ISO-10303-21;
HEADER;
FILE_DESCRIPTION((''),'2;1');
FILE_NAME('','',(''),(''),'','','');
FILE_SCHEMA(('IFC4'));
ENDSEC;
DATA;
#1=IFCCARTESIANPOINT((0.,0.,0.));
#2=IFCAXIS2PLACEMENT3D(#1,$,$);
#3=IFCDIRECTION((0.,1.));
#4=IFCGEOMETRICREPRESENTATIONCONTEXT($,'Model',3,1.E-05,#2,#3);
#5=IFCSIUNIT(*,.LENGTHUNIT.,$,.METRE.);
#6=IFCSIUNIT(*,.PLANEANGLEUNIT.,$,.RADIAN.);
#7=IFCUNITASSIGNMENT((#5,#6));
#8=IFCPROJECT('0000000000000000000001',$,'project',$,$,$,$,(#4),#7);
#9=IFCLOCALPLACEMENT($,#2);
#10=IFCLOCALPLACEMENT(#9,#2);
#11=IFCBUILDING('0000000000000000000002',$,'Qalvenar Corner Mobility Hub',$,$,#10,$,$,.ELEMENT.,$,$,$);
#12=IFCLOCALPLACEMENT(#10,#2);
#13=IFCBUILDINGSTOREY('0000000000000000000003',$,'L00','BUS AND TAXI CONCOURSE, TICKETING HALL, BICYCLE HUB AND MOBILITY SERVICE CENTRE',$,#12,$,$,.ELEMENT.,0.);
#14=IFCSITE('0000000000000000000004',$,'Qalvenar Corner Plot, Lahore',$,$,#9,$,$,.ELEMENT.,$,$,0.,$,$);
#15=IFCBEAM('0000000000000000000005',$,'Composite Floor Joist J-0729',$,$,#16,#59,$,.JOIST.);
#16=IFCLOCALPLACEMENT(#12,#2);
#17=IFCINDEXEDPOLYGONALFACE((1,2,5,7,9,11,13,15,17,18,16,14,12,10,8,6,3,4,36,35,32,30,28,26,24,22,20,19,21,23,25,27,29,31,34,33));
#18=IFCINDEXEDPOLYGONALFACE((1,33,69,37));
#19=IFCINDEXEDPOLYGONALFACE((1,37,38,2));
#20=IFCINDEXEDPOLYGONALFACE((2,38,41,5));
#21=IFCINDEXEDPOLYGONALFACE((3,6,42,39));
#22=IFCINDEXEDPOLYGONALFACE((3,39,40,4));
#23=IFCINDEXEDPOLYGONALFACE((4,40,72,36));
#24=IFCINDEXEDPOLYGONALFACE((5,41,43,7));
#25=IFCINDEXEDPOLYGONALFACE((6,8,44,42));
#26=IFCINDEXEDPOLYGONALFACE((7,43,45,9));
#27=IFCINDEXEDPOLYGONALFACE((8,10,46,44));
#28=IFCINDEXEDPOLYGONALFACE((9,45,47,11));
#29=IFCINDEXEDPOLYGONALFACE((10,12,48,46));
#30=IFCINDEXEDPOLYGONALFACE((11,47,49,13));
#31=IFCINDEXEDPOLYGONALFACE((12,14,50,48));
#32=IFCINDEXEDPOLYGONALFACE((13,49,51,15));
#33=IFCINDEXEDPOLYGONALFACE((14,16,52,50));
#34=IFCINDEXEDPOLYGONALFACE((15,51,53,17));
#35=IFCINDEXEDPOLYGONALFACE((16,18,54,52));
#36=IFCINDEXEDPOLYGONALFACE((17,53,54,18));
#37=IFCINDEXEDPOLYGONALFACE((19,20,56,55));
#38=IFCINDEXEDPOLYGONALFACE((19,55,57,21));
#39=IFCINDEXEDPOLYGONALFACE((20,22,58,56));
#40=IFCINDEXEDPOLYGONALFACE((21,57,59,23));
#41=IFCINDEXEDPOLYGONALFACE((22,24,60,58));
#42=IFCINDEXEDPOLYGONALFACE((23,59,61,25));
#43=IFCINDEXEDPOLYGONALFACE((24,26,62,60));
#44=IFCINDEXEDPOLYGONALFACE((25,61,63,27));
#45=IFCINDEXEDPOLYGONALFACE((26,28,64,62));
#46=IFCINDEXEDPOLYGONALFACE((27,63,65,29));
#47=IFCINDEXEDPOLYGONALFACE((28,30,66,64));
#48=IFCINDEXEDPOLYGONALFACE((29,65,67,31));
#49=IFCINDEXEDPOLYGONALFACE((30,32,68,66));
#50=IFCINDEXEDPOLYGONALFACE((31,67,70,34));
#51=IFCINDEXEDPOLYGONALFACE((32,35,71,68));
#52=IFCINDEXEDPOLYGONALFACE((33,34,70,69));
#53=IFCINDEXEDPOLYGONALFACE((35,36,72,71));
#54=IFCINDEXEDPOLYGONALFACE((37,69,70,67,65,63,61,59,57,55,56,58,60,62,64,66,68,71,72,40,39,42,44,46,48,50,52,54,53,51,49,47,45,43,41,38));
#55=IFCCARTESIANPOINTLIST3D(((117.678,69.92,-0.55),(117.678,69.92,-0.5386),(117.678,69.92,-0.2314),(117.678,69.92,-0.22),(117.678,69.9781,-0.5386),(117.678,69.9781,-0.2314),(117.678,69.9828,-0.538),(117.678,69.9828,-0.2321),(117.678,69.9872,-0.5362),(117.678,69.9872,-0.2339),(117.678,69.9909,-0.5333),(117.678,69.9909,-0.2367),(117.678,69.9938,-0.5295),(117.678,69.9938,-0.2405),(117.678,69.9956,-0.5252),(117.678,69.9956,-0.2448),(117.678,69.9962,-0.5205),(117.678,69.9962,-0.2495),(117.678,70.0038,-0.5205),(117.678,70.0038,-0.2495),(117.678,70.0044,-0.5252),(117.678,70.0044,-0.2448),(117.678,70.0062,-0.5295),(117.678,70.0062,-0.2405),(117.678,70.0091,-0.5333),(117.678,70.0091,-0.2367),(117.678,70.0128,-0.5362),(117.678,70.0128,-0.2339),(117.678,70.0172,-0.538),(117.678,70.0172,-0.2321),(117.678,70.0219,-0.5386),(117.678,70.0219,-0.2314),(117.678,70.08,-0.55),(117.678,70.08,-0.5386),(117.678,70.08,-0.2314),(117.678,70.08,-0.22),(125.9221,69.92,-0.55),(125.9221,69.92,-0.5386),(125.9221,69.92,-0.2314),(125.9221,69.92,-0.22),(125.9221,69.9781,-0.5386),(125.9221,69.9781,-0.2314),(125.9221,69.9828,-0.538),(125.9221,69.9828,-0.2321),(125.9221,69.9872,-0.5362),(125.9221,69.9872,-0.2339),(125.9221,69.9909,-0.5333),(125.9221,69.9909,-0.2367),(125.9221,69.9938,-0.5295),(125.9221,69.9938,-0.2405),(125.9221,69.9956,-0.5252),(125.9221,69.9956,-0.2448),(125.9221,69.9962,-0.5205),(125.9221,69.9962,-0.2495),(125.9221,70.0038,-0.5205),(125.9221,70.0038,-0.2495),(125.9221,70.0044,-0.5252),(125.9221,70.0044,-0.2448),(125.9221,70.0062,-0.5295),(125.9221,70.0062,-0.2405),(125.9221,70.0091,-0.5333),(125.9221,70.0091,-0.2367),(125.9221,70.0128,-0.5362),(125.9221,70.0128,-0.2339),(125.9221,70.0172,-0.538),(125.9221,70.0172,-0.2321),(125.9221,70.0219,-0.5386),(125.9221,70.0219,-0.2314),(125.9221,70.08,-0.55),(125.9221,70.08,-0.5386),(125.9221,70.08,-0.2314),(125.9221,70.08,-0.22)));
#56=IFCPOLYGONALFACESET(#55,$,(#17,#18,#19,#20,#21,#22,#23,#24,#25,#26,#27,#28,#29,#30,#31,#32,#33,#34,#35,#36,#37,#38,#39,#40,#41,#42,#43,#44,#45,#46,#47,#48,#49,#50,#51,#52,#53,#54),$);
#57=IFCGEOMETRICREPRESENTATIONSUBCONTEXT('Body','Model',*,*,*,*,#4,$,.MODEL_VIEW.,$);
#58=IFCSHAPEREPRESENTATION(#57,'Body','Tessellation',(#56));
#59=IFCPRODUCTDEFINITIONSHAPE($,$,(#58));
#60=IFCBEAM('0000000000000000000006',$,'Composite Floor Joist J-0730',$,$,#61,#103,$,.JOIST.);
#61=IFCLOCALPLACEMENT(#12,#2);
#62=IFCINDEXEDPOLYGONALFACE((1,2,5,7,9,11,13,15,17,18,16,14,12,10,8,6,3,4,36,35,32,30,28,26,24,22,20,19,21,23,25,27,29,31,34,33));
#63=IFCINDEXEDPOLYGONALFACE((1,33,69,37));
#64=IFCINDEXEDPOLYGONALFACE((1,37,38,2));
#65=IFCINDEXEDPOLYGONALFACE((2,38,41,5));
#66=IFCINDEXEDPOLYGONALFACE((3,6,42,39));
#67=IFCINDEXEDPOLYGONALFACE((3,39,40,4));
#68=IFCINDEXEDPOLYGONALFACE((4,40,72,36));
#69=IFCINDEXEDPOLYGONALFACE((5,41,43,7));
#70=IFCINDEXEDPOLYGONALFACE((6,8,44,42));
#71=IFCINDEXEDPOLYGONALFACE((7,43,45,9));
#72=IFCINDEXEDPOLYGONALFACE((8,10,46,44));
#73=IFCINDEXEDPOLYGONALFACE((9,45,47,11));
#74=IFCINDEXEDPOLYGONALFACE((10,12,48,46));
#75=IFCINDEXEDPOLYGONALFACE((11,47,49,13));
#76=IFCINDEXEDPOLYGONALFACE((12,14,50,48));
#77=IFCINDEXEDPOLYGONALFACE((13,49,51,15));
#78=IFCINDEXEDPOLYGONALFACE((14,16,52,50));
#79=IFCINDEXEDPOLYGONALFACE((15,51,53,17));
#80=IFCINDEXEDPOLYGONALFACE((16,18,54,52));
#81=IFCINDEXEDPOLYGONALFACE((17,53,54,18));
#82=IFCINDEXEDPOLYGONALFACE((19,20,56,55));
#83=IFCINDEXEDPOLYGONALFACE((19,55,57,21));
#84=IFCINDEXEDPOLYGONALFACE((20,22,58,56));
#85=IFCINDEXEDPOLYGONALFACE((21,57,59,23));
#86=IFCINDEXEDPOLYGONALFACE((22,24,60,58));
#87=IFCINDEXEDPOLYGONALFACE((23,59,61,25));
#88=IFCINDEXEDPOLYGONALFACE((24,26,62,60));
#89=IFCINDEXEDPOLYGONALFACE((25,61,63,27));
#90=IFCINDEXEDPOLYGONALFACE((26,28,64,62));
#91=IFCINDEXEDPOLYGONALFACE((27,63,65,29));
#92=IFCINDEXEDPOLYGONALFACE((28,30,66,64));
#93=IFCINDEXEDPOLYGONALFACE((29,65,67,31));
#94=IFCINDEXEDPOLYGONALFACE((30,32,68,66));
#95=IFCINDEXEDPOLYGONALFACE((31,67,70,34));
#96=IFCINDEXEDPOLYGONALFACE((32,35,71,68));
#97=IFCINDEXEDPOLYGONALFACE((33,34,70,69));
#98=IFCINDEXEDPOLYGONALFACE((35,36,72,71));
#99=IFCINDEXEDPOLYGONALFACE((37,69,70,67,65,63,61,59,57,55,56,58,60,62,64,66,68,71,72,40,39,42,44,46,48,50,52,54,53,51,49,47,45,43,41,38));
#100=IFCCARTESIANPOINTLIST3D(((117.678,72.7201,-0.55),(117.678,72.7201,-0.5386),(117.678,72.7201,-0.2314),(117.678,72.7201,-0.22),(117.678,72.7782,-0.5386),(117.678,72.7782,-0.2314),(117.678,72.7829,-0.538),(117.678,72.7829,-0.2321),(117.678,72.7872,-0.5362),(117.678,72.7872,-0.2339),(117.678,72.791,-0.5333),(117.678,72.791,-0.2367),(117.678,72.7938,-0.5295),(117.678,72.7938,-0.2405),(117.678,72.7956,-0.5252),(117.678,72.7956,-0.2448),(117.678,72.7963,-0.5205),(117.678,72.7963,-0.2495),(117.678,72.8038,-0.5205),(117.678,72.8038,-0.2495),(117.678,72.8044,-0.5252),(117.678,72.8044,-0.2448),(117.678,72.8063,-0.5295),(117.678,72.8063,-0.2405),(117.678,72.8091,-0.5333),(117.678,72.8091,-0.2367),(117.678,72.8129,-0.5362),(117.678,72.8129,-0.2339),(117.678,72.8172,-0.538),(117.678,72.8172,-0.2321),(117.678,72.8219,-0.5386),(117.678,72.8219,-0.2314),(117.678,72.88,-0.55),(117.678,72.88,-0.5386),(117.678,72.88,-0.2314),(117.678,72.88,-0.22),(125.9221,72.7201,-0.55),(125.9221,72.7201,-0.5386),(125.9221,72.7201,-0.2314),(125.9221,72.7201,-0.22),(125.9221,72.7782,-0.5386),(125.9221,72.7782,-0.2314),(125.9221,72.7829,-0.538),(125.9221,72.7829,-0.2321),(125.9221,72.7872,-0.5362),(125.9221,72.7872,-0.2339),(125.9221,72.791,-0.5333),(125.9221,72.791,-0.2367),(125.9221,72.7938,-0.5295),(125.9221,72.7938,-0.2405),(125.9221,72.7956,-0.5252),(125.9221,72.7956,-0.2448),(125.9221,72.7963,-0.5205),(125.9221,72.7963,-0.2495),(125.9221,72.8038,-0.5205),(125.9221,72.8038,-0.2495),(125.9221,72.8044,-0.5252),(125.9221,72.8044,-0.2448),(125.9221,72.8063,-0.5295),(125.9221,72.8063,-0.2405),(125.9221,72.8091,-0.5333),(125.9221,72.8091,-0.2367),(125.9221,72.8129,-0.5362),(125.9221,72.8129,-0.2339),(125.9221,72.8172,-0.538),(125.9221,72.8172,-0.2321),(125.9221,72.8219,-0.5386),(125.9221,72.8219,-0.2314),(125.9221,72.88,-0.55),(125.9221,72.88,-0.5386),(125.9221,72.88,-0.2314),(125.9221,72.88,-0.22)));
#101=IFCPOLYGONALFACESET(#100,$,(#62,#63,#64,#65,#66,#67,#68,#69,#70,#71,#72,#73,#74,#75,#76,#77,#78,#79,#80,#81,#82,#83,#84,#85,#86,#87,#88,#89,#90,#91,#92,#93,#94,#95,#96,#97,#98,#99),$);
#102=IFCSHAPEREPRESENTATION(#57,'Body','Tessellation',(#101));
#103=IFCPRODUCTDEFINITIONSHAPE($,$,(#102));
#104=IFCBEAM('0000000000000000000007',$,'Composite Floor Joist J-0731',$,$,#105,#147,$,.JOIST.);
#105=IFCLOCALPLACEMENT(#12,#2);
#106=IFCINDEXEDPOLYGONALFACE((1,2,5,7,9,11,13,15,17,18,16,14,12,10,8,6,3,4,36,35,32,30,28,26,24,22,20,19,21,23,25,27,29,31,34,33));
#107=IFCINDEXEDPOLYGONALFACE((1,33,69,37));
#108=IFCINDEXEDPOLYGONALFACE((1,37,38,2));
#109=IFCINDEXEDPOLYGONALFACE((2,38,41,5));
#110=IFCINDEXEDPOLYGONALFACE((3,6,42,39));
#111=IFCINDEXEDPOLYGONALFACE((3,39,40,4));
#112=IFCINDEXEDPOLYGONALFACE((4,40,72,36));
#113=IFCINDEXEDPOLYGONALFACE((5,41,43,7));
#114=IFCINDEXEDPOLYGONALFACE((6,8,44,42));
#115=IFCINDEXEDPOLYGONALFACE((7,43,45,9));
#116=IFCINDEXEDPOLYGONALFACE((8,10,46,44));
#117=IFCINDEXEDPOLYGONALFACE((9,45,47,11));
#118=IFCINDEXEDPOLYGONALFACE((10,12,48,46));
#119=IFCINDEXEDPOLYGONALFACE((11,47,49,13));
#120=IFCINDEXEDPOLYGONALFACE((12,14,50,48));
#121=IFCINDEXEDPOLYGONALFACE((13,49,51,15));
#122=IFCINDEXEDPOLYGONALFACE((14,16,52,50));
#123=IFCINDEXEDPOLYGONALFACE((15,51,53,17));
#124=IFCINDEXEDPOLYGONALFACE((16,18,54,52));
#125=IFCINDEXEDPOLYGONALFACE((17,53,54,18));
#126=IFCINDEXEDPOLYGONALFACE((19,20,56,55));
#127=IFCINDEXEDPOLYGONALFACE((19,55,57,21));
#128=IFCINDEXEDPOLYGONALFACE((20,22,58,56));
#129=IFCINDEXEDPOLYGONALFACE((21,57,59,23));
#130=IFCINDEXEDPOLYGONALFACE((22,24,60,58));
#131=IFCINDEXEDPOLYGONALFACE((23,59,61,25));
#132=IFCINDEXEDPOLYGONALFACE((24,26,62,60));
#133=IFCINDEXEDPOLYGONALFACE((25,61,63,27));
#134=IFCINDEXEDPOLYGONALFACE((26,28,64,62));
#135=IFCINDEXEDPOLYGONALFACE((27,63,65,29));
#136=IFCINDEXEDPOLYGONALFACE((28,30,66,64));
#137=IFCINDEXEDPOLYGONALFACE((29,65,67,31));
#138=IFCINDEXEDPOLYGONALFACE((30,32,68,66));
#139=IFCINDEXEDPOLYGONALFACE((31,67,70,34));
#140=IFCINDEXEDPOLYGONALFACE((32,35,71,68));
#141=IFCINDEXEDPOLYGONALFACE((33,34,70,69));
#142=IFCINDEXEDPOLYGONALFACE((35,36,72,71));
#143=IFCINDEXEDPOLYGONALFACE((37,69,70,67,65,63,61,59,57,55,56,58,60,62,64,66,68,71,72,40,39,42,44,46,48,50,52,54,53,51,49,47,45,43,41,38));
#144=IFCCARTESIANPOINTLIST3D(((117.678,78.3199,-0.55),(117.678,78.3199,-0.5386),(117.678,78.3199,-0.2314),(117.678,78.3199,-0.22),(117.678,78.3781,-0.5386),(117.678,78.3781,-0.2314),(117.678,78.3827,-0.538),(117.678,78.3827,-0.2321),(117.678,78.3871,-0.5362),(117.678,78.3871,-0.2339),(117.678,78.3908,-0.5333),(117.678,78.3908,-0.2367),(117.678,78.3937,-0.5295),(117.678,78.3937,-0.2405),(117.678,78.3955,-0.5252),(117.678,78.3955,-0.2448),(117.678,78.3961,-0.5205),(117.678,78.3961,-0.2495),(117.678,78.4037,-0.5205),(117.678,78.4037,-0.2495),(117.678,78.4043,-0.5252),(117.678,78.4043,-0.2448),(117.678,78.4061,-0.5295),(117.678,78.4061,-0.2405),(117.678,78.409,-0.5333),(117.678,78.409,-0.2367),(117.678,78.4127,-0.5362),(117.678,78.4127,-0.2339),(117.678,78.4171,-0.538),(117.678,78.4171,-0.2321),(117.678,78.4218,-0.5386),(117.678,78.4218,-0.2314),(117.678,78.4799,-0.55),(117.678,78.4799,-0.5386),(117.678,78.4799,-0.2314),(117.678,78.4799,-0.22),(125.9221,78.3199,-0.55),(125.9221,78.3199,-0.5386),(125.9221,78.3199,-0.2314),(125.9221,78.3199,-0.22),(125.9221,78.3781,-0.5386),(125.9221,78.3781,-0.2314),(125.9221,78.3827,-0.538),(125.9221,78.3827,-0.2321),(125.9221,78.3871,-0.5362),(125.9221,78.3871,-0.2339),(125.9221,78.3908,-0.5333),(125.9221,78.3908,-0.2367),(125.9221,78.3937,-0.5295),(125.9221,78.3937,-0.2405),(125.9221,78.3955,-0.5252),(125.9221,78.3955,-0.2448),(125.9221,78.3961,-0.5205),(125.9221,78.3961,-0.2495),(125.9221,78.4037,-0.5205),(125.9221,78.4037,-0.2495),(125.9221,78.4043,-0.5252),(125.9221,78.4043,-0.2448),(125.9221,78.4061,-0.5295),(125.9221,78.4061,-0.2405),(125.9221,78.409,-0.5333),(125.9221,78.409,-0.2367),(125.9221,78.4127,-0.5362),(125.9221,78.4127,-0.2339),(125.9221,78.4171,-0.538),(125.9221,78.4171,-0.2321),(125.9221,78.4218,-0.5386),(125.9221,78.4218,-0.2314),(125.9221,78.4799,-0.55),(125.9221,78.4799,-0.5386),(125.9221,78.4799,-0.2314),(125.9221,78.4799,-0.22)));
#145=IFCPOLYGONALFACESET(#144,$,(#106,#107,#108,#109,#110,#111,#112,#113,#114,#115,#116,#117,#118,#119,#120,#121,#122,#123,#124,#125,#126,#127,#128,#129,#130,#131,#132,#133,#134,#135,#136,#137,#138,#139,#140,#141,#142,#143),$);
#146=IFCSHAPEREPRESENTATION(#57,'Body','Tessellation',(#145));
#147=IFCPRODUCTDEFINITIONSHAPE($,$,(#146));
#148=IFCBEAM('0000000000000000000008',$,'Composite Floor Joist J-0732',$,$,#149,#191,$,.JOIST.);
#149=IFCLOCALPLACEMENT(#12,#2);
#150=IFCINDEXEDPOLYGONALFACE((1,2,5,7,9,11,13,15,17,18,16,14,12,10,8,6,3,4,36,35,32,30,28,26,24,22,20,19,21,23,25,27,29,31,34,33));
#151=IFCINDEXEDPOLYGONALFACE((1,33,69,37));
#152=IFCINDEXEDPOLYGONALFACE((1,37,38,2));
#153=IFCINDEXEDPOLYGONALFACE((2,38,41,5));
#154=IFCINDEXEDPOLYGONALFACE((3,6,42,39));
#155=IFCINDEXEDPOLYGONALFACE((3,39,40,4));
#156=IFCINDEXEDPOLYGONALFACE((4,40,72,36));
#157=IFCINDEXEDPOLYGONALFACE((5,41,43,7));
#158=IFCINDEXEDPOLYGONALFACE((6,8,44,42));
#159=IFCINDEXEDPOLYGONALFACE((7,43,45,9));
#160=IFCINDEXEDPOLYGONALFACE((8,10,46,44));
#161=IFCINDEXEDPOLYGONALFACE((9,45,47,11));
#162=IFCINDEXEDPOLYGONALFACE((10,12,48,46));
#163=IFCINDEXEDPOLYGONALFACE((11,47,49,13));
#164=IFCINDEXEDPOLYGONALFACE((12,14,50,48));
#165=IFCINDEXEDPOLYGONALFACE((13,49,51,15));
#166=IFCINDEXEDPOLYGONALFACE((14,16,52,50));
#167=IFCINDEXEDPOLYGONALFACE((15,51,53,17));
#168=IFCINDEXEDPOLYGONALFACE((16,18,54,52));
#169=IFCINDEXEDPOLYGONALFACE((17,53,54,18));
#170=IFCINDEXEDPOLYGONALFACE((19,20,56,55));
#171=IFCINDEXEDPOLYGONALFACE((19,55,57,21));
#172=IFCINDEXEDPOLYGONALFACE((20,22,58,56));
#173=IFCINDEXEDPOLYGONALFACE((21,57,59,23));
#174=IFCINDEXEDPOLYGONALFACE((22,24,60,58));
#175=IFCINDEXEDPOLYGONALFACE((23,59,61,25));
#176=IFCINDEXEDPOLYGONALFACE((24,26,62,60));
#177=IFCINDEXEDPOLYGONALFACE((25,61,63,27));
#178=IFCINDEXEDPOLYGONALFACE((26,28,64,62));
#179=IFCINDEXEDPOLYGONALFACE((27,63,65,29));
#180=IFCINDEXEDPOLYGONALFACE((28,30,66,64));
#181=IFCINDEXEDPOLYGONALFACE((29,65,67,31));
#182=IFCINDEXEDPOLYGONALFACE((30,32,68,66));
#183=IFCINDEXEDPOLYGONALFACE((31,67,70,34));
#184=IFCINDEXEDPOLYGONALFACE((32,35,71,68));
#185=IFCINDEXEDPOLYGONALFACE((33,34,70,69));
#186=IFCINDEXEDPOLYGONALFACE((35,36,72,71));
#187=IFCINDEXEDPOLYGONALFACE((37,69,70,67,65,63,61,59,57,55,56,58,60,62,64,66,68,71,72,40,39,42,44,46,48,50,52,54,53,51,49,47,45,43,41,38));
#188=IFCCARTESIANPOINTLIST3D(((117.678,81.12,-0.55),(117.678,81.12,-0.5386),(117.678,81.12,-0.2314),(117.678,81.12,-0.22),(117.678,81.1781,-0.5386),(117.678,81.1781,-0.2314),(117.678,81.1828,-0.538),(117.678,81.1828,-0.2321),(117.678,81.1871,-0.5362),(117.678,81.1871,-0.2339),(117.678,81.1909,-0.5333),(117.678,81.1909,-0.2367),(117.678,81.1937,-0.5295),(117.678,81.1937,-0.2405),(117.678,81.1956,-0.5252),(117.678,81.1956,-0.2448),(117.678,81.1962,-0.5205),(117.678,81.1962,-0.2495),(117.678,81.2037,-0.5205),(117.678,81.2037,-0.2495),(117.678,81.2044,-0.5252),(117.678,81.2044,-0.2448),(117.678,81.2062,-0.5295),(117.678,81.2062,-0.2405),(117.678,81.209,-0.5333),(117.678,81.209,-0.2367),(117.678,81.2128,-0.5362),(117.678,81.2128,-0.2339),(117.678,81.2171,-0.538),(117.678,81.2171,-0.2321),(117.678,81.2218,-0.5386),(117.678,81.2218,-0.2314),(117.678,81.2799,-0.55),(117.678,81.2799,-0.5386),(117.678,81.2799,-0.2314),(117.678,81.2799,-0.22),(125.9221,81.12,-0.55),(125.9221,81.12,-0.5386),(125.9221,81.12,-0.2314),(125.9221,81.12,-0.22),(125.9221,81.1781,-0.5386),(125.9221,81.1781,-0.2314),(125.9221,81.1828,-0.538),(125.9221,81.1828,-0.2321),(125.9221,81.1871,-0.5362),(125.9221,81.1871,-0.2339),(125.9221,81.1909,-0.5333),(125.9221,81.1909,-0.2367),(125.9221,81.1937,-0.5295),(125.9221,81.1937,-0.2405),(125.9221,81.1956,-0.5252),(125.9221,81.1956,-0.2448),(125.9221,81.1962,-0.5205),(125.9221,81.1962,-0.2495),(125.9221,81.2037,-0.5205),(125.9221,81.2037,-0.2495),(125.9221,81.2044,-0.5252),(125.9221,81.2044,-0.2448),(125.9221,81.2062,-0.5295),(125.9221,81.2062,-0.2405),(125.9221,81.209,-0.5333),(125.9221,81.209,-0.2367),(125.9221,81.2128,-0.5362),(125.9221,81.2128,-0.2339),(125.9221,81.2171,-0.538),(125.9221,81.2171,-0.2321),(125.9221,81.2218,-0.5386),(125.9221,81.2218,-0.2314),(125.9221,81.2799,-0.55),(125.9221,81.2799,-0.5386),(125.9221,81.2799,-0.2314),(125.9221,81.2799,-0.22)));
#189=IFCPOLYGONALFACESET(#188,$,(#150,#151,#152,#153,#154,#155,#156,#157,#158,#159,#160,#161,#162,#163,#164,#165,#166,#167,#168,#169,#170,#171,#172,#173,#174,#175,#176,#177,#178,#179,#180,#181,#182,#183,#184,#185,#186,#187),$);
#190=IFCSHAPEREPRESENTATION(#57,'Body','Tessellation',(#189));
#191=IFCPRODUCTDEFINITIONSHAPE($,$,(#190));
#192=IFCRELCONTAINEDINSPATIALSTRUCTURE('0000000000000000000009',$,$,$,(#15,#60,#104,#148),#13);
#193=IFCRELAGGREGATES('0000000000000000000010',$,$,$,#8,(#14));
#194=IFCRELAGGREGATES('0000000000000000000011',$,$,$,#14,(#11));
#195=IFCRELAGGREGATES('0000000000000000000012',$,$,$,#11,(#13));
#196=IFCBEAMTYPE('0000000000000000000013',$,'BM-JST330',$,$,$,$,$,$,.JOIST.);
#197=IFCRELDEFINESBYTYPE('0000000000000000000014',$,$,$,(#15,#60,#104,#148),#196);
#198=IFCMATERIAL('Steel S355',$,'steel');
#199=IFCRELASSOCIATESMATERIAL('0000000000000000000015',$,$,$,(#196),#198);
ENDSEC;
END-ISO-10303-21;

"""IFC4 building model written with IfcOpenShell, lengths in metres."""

from ifc_helpers import new_model, si_unit, direction, frame, origin, origin_2d, place, context, subcontext, project, spatial, i_section, extrude, material, material_profile, profile_set, type_object, element, save


model = new_model("IFC4")

# Units and contexts
model_context = context("Model", 3, precision=1e-05, world=origin(), true_north=direction((0.0, 1.0)))
body_context = subcontext(model_context, "Body", "Model", "MODEL_VIEW")
ifc_project = project(units=[si_unit("LENGTHUNIT", "METRE"), si_unit("PLANEANGLEUNIT", "RADIAN")], contexts=[model_context])

# Site, building, storey
site_placement = place(None, origin())
site = spatial("IfcSite", under=ifc_project, at=site_placement, Name="Qalvenar Corner Plot, Lahore", CompositionType="ELEMENT", RefElevation=0.0)
building_placement = place(site_placement, origin())
building = spatial("IfcBuilding", under=site, at=building_placement, Name="Qalvenar Corner Mobility Hub", CompositionType="ELEMENT")
storey_placement = place(building_placement, origin())
storey = spatial("IfcBuildingStorey", under=building, at=storey_placement, Name="L00", Description="BUS AND TAXI CONCOURSE, TICKETING HALL, BICYCLE HUB AND MOBILITY SERVICE CENTRE", CompositionType="ELEMENT", Elevation=0.0)

# Shared definitions
ifc_material_1 = material(Name="Steel S355", Category="steel")

# Beams
ifc_material_profile_1 = material_profile(ifc_material_1, i_section(OverallWidth=0.1599, OverallDepth=0.3301, WebThickness=0.0076, FlangeThickness=0.0115, FilletRadius=0.0181, at=origin_2d()), Name="IPE330")
ifc_profile_set_1 = profile_set([ifc_material_profile_1], Name="Steel S355")
beam_type_1 = type_object("IfcBeamType", Name="BM-JST330", PredefinedType="JOIST", material=ifc_profile_set_1)
for number, where, z_axis, x_axis, name in (
    (1, (117.678, 70.0, -0.385), (1.0, 0.0, 0.0), (0.0, 1.0, 0.0), "Composite Floor Joist J-0729"),
    (2, (117.678, 72.8, -0.385), (1.0, 0.0, 0.0), (0.0, 1.0, 0.0), "Composite Floor Joist J-0730"),
    (3, (117.678, 78.3999, -0.385), (1.0, 0.0, 0.0), (0.0, 1.0, 0.0), "Composite Floor Joist J-0731"),
    (4, (117.678, 81.2, -0.385), (1.0, 0.0, 0.0), (0.0, 1.0, 0.0), "Composite Floor Joist J-0732"),
):
    element("IfcBeam", number, at=place(storey_placement, frame(where, z_axis=z_axis, x_axis=x_axis)), inside=storey, type_object=beam_type_1, Name=name, PredefinedType="JOIST", context=body_context, shape_type="SweptSolid", body=[
        extrude(i_section(OverallWidth=0.1599, OverallDepth=0.3301, WebThickness=0.0076, FlangeThickness=0.0115, FilletRadius=0.0181, at=origin_2d()), origin(), (0.0, 0.0, 1.0), 8.2441),
    ])

save(model, "model.ifc")
